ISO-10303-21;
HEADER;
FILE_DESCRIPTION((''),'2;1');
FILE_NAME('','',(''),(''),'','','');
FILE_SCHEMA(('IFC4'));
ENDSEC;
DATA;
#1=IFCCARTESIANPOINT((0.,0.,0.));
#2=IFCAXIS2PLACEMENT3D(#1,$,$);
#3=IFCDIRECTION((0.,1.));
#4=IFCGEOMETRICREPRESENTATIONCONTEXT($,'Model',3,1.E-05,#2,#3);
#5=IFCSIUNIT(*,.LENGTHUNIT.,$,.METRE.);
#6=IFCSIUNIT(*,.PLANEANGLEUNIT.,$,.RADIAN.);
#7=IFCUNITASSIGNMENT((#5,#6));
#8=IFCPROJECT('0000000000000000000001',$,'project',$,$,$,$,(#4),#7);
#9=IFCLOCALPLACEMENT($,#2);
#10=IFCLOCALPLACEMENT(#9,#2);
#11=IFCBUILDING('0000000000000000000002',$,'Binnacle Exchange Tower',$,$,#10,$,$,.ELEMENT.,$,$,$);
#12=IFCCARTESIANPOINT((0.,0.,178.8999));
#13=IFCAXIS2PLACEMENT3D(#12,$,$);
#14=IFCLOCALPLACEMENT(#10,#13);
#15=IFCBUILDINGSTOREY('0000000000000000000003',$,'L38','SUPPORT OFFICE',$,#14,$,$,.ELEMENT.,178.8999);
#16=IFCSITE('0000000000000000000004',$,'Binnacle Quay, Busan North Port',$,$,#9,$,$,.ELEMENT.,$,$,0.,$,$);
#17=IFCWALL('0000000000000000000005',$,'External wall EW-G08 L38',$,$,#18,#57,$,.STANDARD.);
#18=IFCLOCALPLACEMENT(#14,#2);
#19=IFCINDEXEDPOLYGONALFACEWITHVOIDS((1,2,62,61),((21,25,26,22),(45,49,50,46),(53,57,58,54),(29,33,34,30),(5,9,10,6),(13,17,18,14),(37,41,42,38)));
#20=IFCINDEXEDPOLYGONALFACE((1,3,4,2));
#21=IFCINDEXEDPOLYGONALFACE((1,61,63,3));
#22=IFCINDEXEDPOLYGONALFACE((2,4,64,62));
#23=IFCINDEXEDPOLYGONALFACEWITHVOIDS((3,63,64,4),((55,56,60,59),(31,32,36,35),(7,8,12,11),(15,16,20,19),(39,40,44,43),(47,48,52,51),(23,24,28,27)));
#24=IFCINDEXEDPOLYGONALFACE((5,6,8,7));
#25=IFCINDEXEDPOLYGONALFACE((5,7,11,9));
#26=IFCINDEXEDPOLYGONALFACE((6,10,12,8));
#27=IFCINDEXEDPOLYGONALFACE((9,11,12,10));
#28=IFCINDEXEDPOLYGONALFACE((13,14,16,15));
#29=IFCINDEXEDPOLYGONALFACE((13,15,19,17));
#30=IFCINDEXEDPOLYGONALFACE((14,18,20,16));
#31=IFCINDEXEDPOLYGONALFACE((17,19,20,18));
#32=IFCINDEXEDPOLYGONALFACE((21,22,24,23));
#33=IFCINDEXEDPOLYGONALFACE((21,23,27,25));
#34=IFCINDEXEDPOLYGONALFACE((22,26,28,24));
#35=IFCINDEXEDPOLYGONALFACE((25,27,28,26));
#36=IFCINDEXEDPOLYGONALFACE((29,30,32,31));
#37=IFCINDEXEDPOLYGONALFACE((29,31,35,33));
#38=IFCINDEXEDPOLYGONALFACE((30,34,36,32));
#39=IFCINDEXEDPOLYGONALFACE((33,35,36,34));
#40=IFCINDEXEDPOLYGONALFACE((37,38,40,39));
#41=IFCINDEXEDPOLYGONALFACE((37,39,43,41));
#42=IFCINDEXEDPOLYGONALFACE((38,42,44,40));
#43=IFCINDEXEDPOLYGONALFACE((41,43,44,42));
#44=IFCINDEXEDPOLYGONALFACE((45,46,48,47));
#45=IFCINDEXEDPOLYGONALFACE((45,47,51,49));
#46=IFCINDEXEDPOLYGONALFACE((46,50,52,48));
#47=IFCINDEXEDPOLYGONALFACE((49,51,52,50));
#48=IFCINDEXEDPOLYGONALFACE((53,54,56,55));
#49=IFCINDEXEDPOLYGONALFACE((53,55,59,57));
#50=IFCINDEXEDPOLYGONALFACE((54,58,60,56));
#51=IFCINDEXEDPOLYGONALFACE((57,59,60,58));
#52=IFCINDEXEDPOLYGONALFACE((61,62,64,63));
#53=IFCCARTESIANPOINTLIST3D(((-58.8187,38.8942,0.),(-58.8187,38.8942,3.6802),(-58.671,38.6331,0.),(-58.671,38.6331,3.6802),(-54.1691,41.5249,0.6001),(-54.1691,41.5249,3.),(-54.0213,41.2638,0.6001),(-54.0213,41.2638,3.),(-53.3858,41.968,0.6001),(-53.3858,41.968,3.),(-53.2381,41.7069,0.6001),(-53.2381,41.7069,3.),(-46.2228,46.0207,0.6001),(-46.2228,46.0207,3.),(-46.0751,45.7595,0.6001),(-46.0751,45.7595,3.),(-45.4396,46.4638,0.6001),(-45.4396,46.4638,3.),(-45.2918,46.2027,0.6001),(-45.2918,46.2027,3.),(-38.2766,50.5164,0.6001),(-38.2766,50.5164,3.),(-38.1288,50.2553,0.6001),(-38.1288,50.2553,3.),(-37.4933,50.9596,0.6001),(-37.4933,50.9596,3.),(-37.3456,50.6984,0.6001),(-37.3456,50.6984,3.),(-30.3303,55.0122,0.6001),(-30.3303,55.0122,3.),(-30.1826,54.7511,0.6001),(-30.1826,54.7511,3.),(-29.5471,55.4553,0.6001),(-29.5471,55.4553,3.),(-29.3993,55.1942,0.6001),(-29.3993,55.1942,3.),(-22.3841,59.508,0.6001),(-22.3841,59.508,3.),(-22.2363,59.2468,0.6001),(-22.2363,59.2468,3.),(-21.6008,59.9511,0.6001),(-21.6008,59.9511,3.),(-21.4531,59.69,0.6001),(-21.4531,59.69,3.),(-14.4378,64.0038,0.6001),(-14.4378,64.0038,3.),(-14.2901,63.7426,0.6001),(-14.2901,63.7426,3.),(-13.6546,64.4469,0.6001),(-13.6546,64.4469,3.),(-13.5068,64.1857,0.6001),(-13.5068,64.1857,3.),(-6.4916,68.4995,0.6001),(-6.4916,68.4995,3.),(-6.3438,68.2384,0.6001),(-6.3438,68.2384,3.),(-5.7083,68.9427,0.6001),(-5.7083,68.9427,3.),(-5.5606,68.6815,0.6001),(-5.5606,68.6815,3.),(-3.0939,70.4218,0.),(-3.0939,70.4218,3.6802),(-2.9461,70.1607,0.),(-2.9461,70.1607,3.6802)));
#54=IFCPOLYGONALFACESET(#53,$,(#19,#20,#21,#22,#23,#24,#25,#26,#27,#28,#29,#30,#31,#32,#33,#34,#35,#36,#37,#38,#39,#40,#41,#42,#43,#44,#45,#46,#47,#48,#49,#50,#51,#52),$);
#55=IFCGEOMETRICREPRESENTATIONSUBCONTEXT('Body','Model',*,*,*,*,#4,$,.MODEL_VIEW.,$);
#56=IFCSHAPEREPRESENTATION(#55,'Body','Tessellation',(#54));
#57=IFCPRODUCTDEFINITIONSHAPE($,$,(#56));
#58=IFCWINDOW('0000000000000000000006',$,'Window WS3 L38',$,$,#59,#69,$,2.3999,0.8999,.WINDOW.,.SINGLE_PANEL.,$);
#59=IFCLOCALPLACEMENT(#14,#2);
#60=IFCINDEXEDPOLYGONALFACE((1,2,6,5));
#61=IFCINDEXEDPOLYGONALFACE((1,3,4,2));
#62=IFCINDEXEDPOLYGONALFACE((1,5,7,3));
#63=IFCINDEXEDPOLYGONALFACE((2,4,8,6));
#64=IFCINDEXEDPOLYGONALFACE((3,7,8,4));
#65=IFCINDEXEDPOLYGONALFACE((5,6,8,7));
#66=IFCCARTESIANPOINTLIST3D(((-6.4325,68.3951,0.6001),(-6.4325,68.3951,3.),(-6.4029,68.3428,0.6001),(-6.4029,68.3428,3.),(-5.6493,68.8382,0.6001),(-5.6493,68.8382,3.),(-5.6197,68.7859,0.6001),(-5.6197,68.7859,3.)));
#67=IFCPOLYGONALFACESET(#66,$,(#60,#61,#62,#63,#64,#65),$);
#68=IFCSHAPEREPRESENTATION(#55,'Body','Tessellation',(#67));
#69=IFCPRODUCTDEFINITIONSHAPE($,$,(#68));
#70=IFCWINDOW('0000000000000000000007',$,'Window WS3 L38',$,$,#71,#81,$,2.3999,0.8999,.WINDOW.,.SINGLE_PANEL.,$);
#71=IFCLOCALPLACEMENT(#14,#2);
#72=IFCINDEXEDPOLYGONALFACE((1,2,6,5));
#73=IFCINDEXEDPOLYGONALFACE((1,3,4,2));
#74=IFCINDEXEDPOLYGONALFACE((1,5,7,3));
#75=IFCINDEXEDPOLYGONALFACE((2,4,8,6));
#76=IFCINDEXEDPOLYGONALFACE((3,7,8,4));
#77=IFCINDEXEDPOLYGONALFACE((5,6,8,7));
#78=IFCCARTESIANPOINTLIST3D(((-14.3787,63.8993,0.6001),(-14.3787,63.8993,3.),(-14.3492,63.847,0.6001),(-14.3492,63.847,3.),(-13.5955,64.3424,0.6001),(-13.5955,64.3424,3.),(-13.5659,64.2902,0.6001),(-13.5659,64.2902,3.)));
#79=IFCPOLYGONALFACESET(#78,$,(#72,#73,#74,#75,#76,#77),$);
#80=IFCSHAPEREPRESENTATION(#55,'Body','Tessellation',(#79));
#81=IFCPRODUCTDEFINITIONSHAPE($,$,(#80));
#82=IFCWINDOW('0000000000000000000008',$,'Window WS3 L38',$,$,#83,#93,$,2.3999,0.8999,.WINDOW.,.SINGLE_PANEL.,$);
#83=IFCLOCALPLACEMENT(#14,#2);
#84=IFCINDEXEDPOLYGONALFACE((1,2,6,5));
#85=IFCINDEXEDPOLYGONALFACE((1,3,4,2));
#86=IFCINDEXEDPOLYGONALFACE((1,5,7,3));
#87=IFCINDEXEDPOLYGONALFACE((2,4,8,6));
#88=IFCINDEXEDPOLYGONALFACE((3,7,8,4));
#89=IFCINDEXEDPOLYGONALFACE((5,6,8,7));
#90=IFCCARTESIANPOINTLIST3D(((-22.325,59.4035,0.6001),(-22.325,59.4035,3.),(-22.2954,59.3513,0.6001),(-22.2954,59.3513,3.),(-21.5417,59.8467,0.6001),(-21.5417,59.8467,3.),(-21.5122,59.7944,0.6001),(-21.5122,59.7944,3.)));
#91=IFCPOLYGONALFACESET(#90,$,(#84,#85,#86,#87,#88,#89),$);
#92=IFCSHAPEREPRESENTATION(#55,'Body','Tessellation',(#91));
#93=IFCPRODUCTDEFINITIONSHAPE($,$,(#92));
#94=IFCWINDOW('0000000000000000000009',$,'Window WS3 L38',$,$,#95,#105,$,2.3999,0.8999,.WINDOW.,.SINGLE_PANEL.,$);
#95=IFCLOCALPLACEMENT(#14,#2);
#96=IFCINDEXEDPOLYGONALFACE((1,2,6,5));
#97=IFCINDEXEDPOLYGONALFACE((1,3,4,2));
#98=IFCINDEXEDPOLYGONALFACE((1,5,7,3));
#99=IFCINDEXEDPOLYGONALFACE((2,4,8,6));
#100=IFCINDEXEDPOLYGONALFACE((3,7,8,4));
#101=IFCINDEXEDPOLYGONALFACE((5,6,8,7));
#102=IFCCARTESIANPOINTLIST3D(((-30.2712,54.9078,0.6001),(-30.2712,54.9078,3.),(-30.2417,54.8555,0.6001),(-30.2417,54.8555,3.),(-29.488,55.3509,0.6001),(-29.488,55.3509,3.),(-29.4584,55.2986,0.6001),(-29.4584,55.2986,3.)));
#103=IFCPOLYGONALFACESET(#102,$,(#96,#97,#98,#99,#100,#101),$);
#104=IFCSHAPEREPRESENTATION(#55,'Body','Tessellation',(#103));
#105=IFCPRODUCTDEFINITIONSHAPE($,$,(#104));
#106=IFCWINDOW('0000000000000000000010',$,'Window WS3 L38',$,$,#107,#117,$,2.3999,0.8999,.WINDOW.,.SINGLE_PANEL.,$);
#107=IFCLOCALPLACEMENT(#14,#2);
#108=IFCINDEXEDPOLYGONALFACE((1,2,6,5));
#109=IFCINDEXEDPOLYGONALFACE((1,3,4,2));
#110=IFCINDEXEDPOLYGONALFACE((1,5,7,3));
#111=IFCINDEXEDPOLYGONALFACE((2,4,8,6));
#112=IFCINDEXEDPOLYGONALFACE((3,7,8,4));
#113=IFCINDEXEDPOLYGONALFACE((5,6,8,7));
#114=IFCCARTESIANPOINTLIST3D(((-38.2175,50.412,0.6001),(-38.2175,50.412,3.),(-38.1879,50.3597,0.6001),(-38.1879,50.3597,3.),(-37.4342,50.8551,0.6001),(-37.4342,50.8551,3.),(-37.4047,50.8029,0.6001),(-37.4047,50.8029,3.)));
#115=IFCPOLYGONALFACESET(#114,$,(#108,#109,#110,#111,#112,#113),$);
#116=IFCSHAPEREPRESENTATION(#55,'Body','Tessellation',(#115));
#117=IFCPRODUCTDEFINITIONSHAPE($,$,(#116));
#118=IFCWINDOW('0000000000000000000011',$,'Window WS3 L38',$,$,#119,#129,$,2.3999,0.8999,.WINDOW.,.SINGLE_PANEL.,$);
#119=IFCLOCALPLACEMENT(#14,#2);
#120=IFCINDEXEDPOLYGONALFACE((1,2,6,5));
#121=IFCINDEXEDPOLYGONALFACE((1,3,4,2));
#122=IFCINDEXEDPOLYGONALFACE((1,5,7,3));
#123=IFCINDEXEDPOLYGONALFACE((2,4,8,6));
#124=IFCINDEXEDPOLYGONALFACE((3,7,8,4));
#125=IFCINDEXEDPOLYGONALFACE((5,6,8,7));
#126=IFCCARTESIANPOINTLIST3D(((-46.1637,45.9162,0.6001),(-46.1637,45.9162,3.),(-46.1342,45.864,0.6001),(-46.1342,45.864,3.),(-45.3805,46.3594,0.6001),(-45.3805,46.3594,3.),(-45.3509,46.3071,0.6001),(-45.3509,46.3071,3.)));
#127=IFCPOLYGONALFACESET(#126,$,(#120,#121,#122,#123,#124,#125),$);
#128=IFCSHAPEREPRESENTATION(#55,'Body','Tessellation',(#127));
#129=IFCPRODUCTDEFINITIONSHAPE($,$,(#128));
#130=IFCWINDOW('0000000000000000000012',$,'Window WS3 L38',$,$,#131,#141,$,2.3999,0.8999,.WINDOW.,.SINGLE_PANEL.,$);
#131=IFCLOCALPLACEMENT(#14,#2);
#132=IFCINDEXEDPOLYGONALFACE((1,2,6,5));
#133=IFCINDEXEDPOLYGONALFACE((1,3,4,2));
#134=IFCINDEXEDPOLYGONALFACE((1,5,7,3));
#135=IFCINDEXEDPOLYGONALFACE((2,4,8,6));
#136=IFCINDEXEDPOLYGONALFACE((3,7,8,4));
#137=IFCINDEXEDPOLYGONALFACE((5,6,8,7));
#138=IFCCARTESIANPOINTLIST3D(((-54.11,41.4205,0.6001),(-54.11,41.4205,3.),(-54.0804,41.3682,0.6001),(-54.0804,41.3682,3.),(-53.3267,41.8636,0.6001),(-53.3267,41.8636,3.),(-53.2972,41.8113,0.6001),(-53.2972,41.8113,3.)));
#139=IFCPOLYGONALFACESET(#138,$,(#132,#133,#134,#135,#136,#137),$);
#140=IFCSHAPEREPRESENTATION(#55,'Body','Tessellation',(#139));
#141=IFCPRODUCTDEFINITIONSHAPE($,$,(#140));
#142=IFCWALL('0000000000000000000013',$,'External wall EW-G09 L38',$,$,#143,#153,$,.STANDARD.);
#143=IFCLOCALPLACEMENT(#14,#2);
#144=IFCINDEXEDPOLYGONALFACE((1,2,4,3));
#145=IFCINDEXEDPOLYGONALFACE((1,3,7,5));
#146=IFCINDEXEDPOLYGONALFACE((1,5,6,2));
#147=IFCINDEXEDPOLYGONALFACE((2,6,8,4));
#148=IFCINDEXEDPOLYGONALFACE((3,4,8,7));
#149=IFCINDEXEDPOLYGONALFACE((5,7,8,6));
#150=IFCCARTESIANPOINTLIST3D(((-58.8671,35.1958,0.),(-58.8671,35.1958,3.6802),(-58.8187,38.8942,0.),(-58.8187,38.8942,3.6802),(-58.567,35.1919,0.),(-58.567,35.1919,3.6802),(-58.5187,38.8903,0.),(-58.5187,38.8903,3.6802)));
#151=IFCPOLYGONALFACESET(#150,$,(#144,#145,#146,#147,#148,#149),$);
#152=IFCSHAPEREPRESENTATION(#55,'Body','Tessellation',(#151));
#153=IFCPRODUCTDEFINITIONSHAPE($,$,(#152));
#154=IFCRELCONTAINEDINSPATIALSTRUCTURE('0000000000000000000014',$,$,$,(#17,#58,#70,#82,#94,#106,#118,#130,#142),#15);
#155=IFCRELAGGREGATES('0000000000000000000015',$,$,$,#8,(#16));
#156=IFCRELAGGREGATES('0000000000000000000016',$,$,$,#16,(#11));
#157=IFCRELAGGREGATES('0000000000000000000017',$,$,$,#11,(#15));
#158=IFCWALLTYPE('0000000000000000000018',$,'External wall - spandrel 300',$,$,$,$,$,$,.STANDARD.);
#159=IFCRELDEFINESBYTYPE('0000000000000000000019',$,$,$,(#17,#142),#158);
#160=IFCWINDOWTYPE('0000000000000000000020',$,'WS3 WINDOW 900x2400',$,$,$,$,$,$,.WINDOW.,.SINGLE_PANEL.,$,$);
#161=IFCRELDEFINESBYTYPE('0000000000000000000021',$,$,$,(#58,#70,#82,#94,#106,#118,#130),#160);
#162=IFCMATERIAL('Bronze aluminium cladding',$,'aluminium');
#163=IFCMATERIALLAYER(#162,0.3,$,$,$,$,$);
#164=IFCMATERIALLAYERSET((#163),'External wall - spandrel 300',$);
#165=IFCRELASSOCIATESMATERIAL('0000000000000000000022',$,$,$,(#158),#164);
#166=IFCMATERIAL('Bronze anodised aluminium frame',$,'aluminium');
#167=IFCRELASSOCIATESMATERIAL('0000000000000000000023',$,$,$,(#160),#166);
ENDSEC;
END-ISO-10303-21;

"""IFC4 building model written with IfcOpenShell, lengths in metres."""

from ifc_helpers import new_model, si_unit, direction, frame, frame_2d, origin, place, context, subcontext, project, spatial, rectangle, extrude, material, layer, layer_set, type_object, element, fill, save


model = new_model("IFC4")

# Units and contexts
model_context = context("Model", 3, precision=1e-05, world=origin(), true_north=direction((0.0, 1.0)))
body_context = subcontext(model_context, "Body", "Model", "MODEL_VIEW")
ifc_project = project(units=[si_unit("LENGTHUNIT", "METRE"), si_unit("PLANEANGLEUNIT", "RADIAN")], contexts=[model_context])

# Site, building, storey
site_placement = place(None, origin())
site = spatial("IfcSite", under=ifc_project, at=site_placement, Name="Binnacle Quay, Busan North Port", CompositionType="ELEMENT", RefElevation=0.0)
building_placement = place(site_placement, origin())
building = spatial("IfcBuilding", under=site, at=building_placement, Name="Binnacle Exchange Tower", CompositionType="ELEMENT")
storey_placement = place(building_placement, frame((0.0, 0.0, 178.8999)))
storey = spatial("IfcBuildingStorey", under=building, at=storey_placement, Name="L38", Description="SUPPORT OFFICE", CompositionType="ELEMENT", Elevation=178.8999)

# Wall, openings, windows
ifc_material_1 = material(Name="Bronze aluminium cladding", Category="aluminium")
ifc_layer_1 = layer(ifc_material_1, 0.3)
ifc_layer_set_1 = layer_set([ifc_layer_1], Name="External wall - spandrel 300")
wall_type_1 = type_object("IfcWallType", Name="External wall - spandrel 300", PredefinedType="STANDARD", material=ifc_layer_set_1)
wall_1_placement = place(storey_placement, frame((-58.7449, 38.7637, 0.0), z_axis=(0.0, 0.0, 1.0), x_axis=(0.870356, 0.492423, 0.0)))
wall_1 = element("IfcWall", 1, at=wall_1_placement, inside=storey, type_object=wall_type_1, Name="External wall EW-G08 L38", PredefinedType="STANDARD", context=body_context, shape_type="SweptSolid", body=[
    extrude(rectangle(XDim=64.0254, YDim=0.3, at=frame_2d((32.0127, 0.0))), origin(), (0.0, 0.0, 1.0), 3.6802),
])
opening_1_placement = place(wall_1_placement, frame((60.1216, 0.0, 0.6001)))
opening_1 = element("IfcOpeningElement", 2, at=opening_1_placement, cuts=wall_1, PredefinedType="OPENING", context=body_context, shape_type="SweptSolid", body=[
    extrude(rectangle(XDim=0.8999, YDim=2.3999, at=frame_2d((0.45, 1.2))), frame((0.0, 0.1599, 0.0), z_axis=(0.0, -1.0, 0.0), x_axis=(1.0, 0.0, 0.0)), (0.0, 0.0, 1.0), 0.3201),
])
opening_2_placement = place(wall_1_placement, frame((50.9917, 0.0, 0.6001)))
opening_2 = element("IfcOpeningElement", 3, at=opening_2_placement, cuts=wall_1, PredefinedType="OPENING", context=body_context, shape_type="SweptSolid", body=[
    extrude(rectangle(XDim=0.8999, YDim=2.3999, at=frame_2d((0.45, 1.2))), frame((0.0, 0.1599, 0.0), z_axis=(0.0, -1.0, 0.0), x_axis=(1.0, 0.0, 0.0)), (0.0, 0.0, 1.0), 0.3201),
])
opening_3_placement = place(wall_1_placement, frame((41.8618, 0.0, 0.6001)))
opening_3 = element("IfcOpeningElement", 4, at=opening_3_placement, cuts=wall_1, PredefinedType="OPENING", context=body_context, shape_type="SweptSolid", body=[
    extrude(rectangle(XDim=0.8999, YDim=2.3999, at=frame_2d((0.45, 1.2))), frame((0.0, 0.1599, 0.0), z_axis=(0.0, -1.0, 0.0), x_axis=(1.0, 0.0, 0.0)), (0.0, 0.0, 1.0), 0.3201),
])
opening_4_placement = place(wall_1_placement, frame((32.7319, 0.0, 0.6001)))
opening_4 = element("IfcOpeningElement", 5, at=opening_4_placement, cuts=wall_1, PredefinedType="OPENING", context=body_context, shape_type="SweptSolid", body=[
    extrude(rectangle(XDim=0.8999, YDim=2.3999, at=frame_2d((0.45, 1.2))), frame((0.0, 0.1599, 0.0), z_axis=(0.0, -1.0, 0.0), x_axis=(1.0, 0.0, 0.0)), (0.0, 0.0, 1.0), 0.3201),
])
opening_5_placement = place(wall_1_placement, frame((23.6021, 0.0, 0.6001)))
opening_5 = element("IfcOpeningElement", 6, at=opening_5_placement, cuts=wall_1, PredefinedType="OPENING", context=body_context, shape_type="SweptSolid", body=[
    extrude(rectangle(XDim=0.8999, YDim=2.3999, at=frame_2d((0.45, 1.2))), frame((0.0, 0.1599, 0.0), z_axis=(0.0, -1.0, 0.0), x_axis=(1.0, 0.0, 0.0)), (0.0, 0.0, 1.0), 0.3201),
])
opening_6_placement = place(wall_1_placement, frame((14.4722, 0.0, 0.6001)))
opening_6 = element("IfcOpeningElement", 7, at=opening_6_placement, cuts=wall_1, PredefinedType="OPENING", context=body_context, shape_type="SweptSolid", body=[
    extrude(rectangle(XDim=0.8999, YDim=2.3999, at=frame_2d((0.45, 1.2))), frame((0.0, 0.1599, 0.0), z_axis=(0.0, -1.0, 0.0), x_axis=(1.0, 0.0, 0.0)), (0.0, 0.0, 1.0), 0.3201),
])
opening_7_placement = place(wall_1_placement, frame((5.3423, 0.0, 0.6001)))
opening_7 = element("IfcOpeningElement", 8, at=opening_7_placement, cuts=wall_1, PredefinedType="OPENING", context=body_context, shape_type="SweptSolid", body=[
    extrude(rectangle(XDim=0.8999, YDim=2.3999, at=frame_2d((0.45, 1.2))), frame((0.0, 0.1599, 0.0), z_axis=(0.0, -1.0, 0.0), x_axis=(1.0, 0.0, 0.0)), (0.0, 0.0, 1.0), 0.3201),
])
ifc_material_2 = material(Name="Bronze anodised aluminium frame", Category="aluminium")
window_type = type_object("IfcWindowType", Name="WS3 WINDOW 900x2400", PartitioningType="SINGLE_PANEL", PredefinedType="WINDOW", material=ifc_material_2)
window_1_placement = place(opening_1_placement, origin())
window_1 = element("IfcWindow", 9, at=window_1_placement, inside=storey, type_object=window_type, Name="Window WS3 L38", OverallHeight=2.3999, OverallWidth=0.8999, PartitioningType="SINGLE_PANEL", PredefinedType="WINDOW", context=body_context, shape_type="SweptSolid", body=[
    extrude(rectangle(XDim=0.8999, YDim=2.3999, at=frame_2d((0.45, 1.2))), frame((0.0, 0.03, 0.0), z_axis=(0.0, -1.0, 0.0), x_axis=(1.0, 0.0, 0.0)), (0.0, 0.0, 1.0), 0.0601),
])
fill(opening_1, window_1)
window_2_placement = place(opening_2_placement, origin())
window_2 = element("IfcWindow", 10, at=window_2_placement, inside=storey, type_object=window_type, Name="Window WS3 L38", OverallHeight=2.3999, OverallWidth=0.8999, PartitioningType="SINGLE_PANEL", PredefinedType="WINDOW", context=body_context, shape_type="SweptSolid", body=[
    extrude(rectangle(XDim=0.8999, YDim=2.3999, at=frame_2d((0.45, 1.2))), frame((0.0, 0.03, 0.0), z_axis=(0.0, -1.0, 0.0), x_axis=(1.0, 0.0, 0.0)), (0.0, 0.0, 1.0), 0.0601),
])
fill(opening_2, window_2)
window_3_placement = place(opening_3_placement, origin())
window_3 = element("IfcWindow", 11, at=window_3_placement, inside=storey, type_object=window_type, Name="Window WS3 L38", OverallHeight=2.3999, OverallWidth=0.8999, PartitioningType="SINGLE_PANEL", PredefinedType="WINDOW", context=body_context, shape_type="SweptSolid", body=[
    extrude(rectangle(XDim=0.8999, YDim=2.3999, at=frame_2d((0.45, 1.2))), frame((0.0, 0.03, 0.0), z_axis=(0.0, -1.0, 0.0), x_axis=(1.0, 0.0, 0.0)), (0.0, 0.0, 1.0), 0.0601),
])
fill(opening_3, window_3)
window_4_placement = place(opening_4_placement, origin())
window_4 = element("IfcWindow", 12, at=window_4_placement, inside=storey, type_object=window_type, Name="Window WS3 L38", OverallHeight=2.3999, OverallWidth=0.8999, PartitioningType="SINGLE_PANEL", PredefinedType="WINDOW", context=body_context, shape_type="SweptSolid", body=[
    extrude(rectangle(XDim=0.8999, YDim=2.3999, at=frame_2d((0.45, 1.2))), frame((0.0, 0.03, 0.0), z_axis=(0.0, -1.0, 0.0), x_axis=(1.0, 0.0, 0.0)), (0.0, 0.0, 1.0), 0.0601),
])
fill(opening_4, window_4)
window_5_placement = place(opening_5_placement, origin())
window_5 = element("IfcWindow", 13, at=window_5_placement, inside=storey, type_object=window_type, Name="Window WS3 L38", OverallHeight=2.3999, OverallWidth=0.8999, PartitioningType="SINGLE_PANEL", PredefinedType="WINDOW", context=body_context, shape_type="SweptSolid", body=[
    extrude(rectangle(XDim=0.8999, YDim=2.3999, at=frame_2d((0.45, 1.2))), frame((0.0, 0.03, 0.0), z_axis=(0.0, -1.0, 0.0), x_axis=(1.0, 0.0, 0.0)), (0.0, 0.0, 1.0), 0.0601),
])
fill(opening_5, window_5)
window_6_placement = place(opening_6_placement, origin())
window_6 = element("IfcWindow", 14, at=window_6_placement, inside=storey, type_object=window_type, Name="Window WS3 L38", OverallHeight=2.3999, OverallWidth=0.8999, PartitioningType="SINGLE_PANEL", PredefinedType="WINDOW", context=body_context, shape_type="SweptSolid", body=[
    extrude(rectangle(XDim=0.8999, YDim=2.3999, at=frame_2d((0.45, 1.2))), frame((0.0, 0.03, 0.0), z_axis=(0.0, -1.0, 0.0), x_axis=(1.0, 0.0, 0.0)), (0.0, 0.0, 1.0), 0.0601),
])
fill(opening_6, window_6)
window_7_placement = place(opening_7_placement, origin())
window_7 = element("IfcWindow", 15, at=window_7_placement, inside=storey, type_object=window_type, Name="Window WS3 L38", OverallHeight=2.3999, OverallWidth=0.8999, PartitioningType="SINGLE_PANEL", PredefinedType="WINDOW", context=body_context, shape_type="SweptSolid", body=[
    extrude(rectangle(XDim=0.8999, YDim=2.3999, at=frame_2d((0.45, 1.2))), frame((0.0, 0.03, 0.0), z_axis=(0.0, -1.0, 0.0), x_axis=(1.0, 0.0, 0.0)), (0.0, 0.0, 1.0), 0.0601),
])
fill(opening_7, window_7)

# Wall
wall_2_placement = place(storey_placement, frame((-58.717, 35.1938, 0.0), z_axis=(0.0, 0.0, 1.0), x_axis=(0.013069, 0.999915, 0.0)))
element("IfcWall", 16, at=wall_2_placement, inside=storey, type_object=wall_type_1, Name="External wall EW-G09 L38", PredefinedType="STANDARD", context=body_context, shape_type="SweptSolid", body=[
    extrude(rectangle(XDim=3.6987, YDim=0.3, at=frame_2d((1.8494, 0.0))), origin(), (0.0, 0.0, 1.0), 3.6802),
])

save(model, "model.ifc")
